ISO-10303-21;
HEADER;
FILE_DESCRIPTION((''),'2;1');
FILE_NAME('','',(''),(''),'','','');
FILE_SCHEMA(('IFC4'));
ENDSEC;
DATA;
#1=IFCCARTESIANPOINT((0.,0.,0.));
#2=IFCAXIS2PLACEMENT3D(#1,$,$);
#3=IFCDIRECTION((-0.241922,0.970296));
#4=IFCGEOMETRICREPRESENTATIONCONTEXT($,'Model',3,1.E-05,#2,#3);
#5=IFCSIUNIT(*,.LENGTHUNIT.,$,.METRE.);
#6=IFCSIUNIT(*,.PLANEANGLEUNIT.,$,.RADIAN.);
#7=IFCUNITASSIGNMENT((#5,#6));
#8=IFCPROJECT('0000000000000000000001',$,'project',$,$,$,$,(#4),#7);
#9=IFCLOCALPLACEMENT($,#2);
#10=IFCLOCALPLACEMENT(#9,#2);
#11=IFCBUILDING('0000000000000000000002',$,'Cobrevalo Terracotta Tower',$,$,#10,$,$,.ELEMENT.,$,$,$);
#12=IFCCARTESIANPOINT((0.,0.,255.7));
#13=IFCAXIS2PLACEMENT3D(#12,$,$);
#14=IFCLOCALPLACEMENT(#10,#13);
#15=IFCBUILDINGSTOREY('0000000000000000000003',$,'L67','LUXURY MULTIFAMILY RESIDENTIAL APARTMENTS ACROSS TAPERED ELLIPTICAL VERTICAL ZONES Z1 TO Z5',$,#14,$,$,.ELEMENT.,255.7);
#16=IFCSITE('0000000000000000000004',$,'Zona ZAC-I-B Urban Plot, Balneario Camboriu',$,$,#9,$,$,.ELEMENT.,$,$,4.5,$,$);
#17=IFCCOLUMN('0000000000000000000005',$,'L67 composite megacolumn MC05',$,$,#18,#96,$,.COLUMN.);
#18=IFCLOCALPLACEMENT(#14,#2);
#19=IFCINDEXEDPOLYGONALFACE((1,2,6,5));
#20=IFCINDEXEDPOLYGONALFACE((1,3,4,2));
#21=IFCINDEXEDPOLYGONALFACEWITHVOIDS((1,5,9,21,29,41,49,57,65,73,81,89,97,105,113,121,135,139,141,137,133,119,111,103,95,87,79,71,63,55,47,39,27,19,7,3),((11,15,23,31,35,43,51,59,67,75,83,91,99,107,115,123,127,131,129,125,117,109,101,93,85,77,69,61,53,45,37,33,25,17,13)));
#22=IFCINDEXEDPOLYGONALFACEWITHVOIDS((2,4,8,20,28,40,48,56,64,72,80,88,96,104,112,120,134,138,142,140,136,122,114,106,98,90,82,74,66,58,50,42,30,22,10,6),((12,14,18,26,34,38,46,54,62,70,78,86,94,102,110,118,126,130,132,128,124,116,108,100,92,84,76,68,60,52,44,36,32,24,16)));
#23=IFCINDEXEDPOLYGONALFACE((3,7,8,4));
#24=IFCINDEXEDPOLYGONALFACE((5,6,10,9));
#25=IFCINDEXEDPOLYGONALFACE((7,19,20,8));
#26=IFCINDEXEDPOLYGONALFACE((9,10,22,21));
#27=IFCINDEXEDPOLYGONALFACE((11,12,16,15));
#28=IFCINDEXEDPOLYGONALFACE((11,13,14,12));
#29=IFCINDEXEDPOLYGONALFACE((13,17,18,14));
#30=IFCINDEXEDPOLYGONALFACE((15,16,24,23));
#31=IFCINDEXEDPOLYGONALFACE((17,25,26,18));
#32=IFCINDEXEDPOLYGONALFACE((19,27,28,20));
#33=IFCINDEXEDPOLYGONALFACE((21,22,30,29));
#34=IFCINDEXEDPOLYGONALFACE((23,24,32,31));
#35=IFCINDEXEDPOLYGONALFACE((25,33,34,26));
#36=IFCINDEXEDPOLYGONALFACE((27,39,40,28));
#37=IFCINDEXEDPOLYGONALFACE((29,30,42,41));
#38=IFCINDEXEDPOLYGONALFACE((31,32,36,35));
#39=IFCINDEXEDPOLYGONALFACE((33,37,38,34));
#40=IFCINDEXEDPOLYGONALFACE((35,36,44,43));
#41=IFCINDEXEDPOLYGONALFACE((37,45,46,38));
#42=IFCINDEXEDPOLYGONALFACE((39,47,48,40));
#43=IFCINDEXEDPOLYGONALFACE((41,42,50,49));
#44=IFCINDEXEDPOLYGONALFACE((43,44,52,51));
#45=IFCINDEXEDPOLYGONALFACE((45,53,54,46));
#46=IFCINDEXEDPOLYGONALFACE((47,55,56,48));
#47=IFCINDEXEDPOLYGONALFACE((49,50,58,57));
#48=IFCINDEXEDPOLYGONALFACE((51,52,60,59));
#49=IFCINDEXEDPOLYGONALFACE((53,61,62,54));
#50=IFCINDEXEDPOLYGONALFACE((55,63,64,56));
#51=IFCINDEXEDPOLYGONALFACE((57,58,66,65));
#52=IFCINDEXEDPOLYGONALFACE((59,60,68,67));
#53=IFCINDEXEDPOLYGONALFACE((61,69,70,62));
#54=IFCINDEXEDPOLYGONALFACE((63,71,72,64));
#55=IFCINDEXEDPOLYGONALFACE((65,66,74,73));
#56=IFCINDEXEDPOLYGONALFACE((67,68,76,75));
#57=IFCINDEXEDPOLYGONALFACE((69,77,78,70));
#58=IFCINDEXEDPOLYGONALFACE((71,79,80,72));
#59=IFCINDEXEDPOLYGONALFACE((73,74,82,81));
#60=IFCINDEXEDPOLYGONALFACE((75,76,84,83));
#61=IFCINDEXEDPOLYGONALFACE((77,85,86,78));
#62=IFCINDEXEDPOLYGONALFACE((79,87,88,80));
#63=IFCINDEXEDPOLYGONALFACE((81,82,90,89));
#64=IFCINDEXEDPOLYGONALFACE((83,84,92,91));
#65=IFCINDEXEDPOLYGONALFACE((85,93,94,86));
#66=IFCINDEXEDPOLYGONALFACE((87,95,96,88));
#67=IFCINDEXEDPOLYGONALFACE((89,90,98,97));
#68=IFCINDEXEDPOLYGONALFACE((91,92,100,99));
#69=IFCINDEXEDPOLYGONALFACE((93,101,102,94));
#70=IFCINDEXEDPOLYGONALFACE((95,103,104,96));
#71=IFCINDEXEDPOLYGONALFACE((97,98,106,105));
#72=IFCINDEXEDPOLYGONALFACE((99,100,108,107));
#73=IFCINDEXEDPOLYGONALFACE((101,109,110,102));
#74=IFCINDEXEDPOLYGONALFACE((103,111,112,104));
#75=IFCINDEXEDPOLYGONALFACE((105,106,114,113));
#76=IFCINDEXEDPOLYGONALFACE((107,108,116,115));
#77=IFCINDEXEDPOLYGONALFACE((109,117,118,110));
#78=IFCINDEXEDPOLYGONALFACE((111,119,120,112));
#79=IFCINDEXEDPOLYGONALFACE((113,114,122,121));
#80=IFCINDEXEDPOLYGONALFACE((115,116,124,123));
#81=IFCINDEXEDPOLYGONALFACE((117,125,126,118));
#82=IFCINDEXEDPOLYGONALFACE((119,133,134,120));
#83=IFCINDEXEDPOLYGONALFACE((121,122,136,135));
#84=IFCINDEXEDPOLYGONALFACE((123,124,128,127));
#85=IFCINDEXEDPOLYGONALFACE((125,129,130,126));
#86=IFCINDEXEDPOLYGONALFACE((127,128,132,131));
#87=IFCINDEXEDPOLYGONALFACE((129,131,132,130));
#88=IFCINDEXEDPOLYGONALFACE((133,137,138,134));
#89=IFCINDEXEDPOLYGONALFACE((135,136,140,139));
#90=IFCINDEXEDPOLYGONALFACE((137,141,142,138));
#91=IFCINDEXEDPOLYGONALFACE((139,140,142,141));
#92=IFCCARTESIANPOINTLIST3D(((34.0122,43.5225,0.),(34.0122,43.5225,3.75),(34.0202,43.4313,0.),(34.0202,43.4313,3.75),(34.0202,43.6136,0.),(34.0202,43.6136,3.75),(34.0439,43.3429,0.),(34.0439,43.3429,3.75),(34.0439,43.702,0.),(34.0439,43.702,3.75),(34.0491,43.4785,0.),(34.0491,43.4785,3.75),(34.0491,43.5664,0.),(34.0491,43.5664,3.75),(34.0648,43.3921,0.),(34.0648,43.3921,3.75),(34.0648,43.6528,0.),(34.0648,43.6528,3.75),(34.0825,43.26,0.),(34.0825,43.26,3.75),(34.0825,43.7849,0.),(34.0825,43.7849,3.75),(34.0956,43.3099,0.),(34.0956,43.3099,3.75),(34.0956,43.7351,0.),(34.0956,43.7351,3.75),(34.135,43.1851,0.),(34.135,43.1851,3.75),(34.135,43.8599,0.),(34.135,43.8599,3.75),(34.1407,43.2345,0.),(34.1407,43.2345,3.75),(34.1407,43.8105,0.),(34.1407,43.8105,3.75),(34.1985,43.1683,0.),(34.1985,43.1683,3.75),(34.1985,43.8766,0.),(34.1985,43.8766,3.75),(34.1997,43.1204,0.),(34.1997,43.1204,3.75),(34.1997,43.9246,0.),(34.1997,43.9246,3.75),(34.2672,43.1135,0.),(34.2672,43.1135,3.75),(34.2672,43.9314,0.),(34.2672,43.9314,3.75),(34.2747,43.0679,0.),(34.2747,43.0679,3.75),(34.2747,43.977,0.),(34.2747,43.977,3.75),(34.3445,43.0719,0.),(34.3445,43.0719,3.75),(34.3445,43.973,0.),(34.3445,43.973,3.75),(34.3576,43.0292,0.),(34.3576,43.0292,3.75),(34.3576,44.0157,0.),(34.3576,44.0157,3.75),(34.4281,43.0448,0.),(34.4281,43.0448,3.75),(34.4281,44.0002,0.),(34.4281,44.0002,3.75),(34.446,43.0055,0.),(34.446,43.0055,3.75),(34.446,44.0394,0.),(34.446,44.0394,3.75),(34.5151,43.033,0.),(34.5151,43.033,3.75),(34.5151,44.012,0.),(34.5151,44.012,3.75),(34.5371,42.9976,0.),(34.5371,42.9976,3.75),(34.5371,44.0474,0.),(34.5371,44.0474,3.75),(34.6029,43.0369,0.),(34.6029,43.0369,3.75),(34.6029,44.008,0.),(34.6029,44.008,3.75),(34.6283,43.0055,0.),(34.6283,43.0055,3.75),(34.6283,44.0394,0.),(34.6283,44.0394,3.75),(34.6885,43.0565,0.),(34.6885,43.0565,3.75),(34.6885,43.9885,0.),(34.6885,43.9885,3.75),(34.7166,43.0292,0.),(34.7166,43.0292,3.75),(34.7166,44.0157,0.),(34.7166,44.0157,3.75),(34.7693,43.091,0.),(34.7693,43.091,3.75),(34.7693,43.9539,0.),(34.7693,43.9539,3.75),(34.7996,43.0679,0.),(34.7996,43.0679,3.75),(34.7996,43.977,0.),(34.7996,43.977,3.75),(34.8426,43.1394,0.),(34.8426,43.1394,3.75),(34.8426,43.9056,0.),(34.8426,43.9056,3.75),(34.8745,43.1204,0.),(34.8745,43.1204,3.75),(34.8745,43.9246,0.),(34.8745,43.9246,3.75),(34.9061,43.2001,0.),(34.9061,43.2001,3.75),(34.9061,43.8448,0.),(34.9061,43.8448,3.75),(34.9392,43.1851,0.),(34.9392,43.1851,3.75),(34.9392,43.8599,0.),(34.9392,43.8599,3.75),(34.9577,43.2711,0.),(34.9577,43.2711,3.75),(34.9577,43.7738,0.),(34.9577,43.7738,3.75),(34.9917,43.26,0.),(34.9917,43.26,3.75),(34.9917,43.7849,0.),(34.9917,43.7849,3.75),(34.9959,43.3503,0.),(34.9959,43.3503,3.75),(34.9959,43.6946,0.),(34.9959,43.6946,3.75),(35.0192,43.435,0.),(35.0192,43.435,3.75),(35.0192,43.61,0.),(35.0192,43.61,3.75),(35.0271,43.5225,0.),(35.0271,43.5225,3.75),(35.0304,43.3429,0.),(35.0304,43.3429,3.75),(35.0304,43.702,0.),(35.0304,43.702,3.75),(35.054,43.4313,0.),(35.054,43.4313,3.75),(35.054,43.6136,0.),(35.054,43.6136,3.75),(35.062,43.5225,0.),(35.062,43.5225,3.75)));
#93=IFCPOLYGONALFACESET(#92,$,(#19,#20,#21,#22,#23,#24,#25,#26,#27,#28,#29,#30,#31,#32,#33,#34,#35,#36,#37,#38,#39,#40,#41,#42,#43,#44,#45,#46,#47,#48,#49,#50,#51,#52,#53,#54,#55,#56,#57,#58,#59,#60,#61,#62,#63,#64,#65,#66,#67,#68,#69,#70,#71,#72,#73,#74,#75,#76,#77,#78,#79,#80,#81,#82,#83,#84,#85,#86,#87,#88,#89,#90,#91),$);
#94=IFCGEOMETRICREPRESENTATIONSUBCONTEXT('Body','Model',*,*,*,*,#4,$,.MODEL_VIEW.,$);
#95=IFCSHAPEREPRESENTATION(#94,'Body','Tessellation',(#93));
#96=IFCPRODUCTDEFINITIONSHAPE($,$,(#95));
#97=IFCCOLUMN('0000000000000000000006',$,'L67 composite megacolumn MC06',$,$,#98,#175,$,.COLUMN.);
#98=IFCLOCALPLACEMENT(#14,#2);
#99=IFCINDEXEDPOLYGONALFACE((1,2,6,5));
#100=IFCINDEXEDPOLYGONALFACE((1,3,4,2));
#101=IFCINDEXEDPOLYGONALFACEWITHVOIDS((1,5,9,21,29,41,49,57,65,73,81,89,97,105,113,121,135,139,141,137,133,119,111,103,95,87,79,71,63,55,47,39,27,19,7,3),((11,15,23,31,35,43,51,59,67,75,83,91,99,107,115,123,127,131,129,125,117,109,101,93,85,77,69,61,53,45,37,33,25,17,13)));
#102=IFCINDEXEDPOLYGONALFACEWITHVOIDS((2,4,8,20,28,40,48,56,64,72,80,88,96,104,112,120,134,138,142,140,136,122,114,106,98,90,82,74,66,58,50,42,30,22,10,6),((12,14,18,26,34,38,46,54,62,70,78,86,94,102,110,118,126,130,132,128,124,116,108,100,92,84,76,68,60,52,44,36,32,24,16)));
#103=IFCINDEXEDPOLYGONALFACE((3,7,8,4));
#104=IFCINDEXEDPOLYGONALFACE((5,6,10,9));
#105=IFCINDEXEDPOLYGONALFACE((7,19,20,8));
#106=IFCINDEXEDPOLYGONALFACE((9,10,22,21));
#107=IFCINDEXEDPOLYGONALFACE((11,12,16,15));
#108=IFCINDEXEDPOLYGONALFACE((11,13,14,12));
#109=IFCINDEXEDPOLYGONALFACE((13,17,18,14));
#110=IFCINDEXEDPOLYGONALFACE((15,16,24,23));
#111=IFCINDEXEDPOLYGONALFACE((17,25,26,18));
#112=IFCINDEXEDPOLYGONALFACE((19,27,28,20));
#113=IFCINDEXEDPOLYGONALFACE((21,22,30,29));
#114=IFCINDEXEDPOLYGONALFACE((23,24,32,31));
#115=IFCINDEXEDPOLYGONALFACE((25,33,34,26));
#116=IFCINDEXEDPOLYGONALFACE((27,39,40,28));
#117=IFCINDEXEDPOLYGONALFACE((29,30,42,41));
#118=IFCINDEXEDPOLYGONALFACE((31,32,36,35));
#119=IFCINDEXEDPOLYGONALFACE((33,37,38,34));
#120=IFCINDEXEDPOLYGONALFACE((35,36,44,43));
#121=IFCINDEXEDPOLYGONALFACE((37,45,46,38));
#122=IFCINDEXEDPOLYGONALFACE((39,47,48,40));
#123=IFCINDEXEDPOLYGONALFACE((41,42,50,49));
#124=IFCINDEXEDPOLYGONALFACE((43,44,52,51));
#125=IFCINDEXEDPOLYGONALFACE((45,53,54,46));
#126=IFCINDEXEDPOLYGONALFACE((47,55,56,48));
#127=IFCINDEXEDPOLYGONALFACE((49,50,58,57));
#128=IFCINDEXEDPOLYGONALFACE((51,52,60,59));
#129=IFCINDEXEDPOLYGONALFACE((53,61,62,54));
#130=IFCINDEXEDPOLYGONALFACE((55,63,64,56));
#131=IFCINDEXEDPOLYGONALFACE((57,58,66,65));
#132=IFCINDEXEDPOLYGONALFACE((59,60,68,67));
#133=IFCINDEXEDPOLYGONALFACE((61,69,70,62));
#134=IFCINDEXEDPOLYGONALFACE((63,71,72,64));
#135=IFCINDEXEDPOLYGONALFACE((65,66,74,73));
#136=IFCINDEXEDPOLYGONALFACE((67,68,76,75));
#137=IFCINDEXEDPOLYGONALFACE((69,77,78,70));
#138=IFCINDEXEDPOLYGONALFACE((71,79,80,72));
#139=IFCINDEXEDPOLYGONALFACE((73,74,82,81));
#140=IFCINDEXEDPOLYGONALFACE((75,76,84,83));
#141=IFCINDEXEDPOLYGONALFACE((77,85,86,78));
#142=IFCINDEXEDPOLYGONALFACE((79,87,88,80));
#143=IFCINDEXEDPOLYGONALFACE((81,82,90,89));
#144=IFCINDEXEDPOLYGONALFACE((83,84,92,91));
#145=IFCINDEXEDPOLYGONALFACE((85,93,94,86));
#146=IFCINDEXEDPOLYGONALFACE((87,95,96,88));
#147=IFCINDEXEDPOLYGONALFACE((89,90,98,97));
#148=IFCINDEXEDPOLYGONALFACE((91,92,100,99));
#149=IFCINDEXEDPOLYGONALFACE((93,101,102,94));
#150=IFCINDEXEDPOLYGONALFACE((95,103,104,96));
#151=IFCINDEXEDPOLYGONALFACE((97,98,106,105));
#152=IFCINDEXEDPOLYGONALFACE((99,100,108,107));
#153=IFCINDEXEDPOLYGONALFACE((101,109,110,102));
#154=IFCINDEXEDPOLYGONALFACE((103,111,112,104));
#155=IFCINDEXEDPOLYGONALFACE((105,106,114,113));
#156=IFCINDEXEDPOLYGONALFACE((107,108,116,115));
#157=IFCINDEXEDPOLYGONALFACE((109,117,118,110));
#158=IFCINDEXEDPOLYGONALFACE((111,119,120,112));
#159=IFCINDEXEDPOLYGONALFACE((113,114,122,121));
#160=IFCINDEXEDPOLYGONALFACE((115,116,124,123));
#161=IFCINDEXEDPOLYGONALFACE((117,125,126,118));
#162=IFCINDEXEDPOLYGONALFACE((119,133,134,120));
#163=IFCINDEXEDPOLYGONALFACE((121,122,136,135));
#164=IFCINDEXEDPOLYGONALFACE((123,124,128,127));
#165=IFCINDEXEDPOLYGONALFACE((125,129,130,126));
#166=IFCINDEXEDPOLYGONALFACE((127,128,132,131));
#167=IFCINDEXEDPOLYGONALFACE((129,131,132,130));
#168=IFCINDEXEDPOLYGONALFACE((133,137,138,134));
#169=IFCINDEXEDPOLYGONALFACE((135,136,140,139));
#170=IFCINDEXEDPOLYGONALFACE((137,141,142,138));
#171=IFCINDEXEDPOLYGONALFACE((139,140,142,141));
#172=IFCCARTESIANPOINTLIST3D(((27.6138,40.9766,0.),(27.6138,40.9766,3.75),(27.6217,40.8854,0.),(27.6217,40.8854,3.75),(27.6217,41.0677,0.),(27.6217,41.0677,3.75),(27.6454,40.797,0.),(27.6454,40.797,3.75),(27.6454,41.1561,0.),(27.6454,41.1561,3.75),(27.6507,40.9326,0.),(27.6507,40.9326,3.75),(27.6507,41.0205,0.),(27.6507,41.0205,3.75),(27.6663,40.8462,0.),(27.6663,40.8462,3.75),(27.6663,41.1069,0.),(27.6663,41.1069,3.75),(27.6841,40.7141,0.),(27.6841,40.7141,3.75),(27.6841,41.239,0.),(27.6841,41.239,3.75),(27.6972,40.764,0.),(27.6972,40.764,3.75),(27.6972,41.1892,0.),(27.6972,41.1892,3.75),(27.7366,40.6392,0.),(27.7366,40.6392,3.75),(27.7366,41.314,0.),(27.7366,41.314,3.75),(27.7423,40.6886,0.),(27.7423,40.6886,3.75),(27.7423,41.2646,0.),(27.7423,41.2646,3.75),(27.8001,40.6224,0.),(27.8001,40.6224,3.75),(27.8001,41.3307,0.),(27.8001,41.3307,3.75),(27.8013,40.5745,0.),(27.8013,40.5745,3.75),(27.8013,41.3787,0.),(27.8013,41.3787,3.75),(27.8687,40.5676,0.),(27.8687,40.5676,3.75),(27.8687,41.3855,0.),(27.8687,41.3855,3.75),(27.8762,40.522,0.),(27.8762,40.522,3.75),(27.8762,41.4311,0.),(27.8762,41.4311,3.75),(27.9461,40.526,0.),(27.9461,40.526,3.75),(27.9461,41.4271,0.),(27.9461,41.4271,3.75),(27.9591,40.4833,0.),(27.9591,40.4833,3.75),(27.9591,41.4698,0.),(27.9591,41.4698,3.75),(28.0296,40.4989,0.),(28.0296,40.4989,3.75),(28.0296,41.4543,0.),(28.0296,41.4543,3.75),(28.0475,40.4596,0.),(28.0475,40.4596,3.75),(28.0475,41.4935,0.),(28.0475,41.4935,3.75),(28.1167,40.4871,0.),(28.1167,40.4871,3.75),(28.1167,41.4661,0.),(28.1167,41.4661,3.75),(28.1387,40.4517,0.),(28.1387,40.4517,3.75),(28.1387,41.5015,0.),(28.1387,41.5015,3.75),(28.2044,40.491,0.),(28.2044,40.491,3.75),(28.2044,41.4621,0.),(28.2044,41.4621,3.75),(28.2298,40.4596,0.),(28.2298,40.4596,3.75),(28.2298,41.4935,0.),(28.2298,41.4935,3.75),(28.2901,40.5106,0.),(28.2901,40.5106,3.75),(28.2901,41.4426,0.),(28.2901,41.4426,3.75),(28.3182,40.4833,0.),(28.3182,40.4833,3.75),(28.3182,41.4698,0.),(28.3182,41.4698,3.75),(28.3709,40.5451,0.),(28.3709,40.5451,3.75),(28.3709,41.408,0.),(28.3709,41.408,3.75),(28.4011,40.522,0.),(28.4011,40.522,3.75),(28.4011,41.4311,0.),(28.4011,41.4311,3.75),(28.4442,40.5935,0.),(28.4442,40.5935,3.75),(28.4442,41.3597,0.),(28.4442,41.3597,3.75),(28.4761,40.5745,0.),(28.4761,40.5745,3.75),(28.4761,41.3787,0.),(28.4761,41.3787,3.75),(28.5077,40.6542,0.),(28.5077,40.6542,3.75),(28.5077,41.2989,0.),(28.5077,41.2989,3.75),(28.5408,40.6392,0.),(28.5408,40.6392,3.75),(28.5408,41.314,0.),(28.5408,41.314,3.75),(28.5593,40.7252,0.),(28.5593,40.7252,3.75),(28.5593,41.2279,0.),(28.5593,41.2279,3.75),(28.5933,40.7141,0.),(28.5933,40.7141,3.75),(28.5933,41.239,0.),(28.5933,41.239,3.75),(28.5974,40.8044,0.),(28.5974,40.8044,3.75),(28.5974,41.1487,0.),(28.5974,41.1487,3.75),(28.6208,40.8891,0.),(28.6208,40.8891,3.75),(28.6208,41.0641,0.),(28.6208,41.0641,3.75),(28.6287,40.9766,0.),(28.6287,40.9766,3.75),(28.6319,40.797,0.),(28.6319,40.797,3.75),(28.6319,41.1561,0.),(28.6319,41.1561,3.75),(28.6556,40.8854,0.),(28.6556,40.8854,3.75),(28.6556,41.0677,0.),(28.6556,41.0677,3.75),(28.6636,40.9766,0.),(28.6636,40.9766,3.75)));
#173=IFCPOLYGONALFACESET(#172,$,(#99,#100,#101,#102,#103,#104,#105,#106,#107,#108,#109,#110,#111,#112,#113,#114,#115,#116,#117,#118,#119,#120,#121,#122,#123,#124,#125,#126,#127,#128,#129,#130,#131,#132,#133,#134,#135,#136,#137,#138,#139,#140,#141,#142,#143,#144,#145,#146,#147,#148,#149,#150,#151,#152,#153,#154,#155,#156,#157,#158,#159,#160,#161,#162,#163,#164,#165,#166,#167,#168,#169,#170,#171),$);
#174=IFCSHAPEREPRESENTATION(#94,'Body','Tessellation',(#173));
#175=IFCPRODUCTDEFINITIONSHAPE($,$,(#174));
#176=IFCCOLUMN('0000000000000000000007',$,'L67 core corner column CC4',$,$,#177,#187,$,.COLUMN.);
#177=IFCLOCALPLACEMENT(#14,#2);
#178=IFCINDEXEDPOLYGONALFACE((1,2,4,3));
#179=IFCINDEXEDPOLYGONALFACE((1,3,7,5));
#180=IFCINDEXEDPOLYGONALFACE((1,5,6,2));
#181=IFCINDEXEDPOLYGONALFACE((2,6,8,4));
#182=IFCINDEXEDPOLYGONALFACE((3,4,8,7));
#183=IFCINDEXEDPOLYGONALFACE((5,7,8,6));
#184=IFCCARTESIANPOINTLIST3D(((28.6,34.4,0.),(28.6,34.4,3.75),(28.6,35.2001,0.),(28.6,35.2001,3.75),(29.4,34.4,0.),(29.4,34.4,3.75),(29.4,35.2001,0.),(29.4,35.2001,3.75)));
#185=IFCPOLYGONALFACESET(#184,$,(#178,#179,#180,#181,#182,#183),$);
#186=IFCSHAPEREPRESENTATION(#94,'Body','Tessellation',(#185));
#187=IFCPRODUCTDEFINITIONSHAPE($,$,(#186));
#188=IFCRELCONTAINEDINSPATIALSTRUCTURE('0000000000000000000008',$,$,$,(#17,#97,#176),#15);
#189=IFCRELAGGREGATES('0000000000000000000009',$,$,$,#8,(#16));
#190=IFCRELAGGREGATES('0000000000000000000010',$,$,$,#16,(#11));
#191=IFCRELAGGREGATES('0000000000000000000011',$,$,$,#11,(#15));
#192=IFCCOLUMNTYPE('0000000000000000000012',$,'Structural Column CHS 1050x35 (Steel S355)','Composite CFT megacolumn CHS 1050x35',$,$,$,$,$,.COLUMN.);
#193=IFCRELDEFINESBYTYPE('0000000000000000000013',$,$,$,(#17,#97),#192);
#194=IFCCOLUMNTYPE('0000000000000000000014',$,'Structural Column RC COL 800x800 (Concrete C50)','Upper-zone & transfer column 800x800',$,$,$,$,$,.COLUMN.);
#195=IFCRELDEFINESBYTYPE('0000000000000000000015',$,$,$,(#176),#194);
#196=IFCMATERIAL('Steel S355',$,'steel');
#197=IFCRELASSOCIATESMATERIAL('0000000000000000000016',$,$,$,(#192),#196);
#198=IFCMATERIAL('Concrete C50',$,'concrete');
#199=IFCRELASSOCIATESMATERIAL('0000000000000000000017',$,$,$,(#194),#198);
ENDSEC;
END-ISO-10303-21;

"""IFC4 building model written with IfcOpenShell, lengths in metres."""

from ifc_helpers import new_model, si_unit, direction, frame, origin, origin_2d, place, context, subcontext, project, spatial, rectangle, hollow_circle, extrude, material, material_profile, profile_set, type_object, element, save


model = new_model("IFC4")

# Units and contexts
model_context = context("Model", 3, precision=1e-05, world=origin(), true_north=direction((-0.241922, 0.970296)))
body_context = subcontext(model_context, "Body", "Model", "MODEL_VIEW")
ifc_project = project(units=[si_unit("LENGTHUNIT", "METRE"), si_unit("PLANEANGLEUNIT", "RADIAN")], contexts=[model_context])

# Site, building, storey
site_placement = place(None, origin())
site = spatial("IfcSite", under=ifc_project, at=site_placement, Name="Zona ZAC-I-B Urban Plot, Balneario Camboriu", CompositionType="ELEMENT", RefElevation=4.5)
building_placement = place(site_placement, origin())
building = spatial("IfcBuilding", under=site, at=building_placement, Name="Cobrevalo Terracotta Tower", CompositionType="ELEMENT")
storey_placement = place(building_placement, frame((0.0, 0.0, 255.7)))
storey = spatial("IfcBuildingStorey", under=building, at=storey_placement, Name="L67", Description="LUXURY MULTIFAMILY RESIDENTIAL APARTMENTS ACROSS TAPERED ELLIPTICAL VERTICAL ZONES Z1 TO Z5", CompositionType="ELEMENT", Elevation=255.7)

# Columns
ifc_material_1 = material(Name="Steel S355", Category="steel")
ifc_material_profile_1 = material_profile(ifc_material_1, hollow_circle(Radius=0.5249, WallThickness=0.0349, at=origin_2d()), Name="CHS 1050x35")
ifc_profile_set_1 = profile_set([ifc_material_profile_1], Name="Steel S355")
column_type_1 = type_object("IfcColumnType", Name="Structural Column CHS 1050x35 (Steel S355)", Description="Composite CFT megacolumn CHS 1050x35", PredefinedType="COLUMN", material=ifc_profile_set_1)
for number, where, z_axis, x_axis, name in (
    (1, (34.5371, 43.5225, 0.0), (0.0, 0.0, 1.0), (1.0, 0.0, 0.0), "L67 composite megacolumn MC05"),
    (2, (28.1387, 40.9766, 0.0), (0.0, 0.0, 1.0), (1.0, 0.0, 0.0), "L67 composite megacolumn MC06"),
):
    element("IfcColumn", number, at=place(storey_placement, frame(where, z_axis=z_axis, x_axis=x_axis)), inside=storey, type_object=column_type_1, Name=name, PredefinedType="COLUMN", context=body_context, shape_type="SweptSolid", body=[
        extrude(hollow_circle(Radius=0.5249, WallThickness=0.0349, at=origin_2d()), origin(), (0.0, 0.0, 1.0), 3.75),
    ])
ifc_material_2 = material(Name="Concrete C50", Category="concrete")
ifc_material_profile_2 = material_profile(ifc_material_2, rectangle(XDim=0.8, YDim=0.8, at=origin_2d()), Name="RC COL 800x800")
ifc_profile_set_2 = profile_set([ifc_material_profile_2], Name="Concrete C50")
column_type_2 = type_object("IfcColumnType", Name="Structural Column RC COL 800x800 (Concrete C50)", Description="Upper-zone & transfer column 800x800", PredefinedType="COLUMN", material=ifc_profile_set_2)
column_placement = place(storey_placement, frame((29.0, 34.8, 0.0), z_axis=(0.0, 0.0, 1.0), x_axis=(1.0, 0.0, 0.0)))
element("IfcColumn", 3, at=column_placement, inside=storey, type_object=column_type_2, Name="L67 core corner column CC4", PredefinedType="COLUMN", context=body_context, shape_type="SweptSolid", body=[
    extrude(rectangle(XDim=0.8, YDim=0.8, at=origin_2d()), origin(), (0.0, 0.0, 1.0), 3.75),
])

save(model, "model.ifc")
